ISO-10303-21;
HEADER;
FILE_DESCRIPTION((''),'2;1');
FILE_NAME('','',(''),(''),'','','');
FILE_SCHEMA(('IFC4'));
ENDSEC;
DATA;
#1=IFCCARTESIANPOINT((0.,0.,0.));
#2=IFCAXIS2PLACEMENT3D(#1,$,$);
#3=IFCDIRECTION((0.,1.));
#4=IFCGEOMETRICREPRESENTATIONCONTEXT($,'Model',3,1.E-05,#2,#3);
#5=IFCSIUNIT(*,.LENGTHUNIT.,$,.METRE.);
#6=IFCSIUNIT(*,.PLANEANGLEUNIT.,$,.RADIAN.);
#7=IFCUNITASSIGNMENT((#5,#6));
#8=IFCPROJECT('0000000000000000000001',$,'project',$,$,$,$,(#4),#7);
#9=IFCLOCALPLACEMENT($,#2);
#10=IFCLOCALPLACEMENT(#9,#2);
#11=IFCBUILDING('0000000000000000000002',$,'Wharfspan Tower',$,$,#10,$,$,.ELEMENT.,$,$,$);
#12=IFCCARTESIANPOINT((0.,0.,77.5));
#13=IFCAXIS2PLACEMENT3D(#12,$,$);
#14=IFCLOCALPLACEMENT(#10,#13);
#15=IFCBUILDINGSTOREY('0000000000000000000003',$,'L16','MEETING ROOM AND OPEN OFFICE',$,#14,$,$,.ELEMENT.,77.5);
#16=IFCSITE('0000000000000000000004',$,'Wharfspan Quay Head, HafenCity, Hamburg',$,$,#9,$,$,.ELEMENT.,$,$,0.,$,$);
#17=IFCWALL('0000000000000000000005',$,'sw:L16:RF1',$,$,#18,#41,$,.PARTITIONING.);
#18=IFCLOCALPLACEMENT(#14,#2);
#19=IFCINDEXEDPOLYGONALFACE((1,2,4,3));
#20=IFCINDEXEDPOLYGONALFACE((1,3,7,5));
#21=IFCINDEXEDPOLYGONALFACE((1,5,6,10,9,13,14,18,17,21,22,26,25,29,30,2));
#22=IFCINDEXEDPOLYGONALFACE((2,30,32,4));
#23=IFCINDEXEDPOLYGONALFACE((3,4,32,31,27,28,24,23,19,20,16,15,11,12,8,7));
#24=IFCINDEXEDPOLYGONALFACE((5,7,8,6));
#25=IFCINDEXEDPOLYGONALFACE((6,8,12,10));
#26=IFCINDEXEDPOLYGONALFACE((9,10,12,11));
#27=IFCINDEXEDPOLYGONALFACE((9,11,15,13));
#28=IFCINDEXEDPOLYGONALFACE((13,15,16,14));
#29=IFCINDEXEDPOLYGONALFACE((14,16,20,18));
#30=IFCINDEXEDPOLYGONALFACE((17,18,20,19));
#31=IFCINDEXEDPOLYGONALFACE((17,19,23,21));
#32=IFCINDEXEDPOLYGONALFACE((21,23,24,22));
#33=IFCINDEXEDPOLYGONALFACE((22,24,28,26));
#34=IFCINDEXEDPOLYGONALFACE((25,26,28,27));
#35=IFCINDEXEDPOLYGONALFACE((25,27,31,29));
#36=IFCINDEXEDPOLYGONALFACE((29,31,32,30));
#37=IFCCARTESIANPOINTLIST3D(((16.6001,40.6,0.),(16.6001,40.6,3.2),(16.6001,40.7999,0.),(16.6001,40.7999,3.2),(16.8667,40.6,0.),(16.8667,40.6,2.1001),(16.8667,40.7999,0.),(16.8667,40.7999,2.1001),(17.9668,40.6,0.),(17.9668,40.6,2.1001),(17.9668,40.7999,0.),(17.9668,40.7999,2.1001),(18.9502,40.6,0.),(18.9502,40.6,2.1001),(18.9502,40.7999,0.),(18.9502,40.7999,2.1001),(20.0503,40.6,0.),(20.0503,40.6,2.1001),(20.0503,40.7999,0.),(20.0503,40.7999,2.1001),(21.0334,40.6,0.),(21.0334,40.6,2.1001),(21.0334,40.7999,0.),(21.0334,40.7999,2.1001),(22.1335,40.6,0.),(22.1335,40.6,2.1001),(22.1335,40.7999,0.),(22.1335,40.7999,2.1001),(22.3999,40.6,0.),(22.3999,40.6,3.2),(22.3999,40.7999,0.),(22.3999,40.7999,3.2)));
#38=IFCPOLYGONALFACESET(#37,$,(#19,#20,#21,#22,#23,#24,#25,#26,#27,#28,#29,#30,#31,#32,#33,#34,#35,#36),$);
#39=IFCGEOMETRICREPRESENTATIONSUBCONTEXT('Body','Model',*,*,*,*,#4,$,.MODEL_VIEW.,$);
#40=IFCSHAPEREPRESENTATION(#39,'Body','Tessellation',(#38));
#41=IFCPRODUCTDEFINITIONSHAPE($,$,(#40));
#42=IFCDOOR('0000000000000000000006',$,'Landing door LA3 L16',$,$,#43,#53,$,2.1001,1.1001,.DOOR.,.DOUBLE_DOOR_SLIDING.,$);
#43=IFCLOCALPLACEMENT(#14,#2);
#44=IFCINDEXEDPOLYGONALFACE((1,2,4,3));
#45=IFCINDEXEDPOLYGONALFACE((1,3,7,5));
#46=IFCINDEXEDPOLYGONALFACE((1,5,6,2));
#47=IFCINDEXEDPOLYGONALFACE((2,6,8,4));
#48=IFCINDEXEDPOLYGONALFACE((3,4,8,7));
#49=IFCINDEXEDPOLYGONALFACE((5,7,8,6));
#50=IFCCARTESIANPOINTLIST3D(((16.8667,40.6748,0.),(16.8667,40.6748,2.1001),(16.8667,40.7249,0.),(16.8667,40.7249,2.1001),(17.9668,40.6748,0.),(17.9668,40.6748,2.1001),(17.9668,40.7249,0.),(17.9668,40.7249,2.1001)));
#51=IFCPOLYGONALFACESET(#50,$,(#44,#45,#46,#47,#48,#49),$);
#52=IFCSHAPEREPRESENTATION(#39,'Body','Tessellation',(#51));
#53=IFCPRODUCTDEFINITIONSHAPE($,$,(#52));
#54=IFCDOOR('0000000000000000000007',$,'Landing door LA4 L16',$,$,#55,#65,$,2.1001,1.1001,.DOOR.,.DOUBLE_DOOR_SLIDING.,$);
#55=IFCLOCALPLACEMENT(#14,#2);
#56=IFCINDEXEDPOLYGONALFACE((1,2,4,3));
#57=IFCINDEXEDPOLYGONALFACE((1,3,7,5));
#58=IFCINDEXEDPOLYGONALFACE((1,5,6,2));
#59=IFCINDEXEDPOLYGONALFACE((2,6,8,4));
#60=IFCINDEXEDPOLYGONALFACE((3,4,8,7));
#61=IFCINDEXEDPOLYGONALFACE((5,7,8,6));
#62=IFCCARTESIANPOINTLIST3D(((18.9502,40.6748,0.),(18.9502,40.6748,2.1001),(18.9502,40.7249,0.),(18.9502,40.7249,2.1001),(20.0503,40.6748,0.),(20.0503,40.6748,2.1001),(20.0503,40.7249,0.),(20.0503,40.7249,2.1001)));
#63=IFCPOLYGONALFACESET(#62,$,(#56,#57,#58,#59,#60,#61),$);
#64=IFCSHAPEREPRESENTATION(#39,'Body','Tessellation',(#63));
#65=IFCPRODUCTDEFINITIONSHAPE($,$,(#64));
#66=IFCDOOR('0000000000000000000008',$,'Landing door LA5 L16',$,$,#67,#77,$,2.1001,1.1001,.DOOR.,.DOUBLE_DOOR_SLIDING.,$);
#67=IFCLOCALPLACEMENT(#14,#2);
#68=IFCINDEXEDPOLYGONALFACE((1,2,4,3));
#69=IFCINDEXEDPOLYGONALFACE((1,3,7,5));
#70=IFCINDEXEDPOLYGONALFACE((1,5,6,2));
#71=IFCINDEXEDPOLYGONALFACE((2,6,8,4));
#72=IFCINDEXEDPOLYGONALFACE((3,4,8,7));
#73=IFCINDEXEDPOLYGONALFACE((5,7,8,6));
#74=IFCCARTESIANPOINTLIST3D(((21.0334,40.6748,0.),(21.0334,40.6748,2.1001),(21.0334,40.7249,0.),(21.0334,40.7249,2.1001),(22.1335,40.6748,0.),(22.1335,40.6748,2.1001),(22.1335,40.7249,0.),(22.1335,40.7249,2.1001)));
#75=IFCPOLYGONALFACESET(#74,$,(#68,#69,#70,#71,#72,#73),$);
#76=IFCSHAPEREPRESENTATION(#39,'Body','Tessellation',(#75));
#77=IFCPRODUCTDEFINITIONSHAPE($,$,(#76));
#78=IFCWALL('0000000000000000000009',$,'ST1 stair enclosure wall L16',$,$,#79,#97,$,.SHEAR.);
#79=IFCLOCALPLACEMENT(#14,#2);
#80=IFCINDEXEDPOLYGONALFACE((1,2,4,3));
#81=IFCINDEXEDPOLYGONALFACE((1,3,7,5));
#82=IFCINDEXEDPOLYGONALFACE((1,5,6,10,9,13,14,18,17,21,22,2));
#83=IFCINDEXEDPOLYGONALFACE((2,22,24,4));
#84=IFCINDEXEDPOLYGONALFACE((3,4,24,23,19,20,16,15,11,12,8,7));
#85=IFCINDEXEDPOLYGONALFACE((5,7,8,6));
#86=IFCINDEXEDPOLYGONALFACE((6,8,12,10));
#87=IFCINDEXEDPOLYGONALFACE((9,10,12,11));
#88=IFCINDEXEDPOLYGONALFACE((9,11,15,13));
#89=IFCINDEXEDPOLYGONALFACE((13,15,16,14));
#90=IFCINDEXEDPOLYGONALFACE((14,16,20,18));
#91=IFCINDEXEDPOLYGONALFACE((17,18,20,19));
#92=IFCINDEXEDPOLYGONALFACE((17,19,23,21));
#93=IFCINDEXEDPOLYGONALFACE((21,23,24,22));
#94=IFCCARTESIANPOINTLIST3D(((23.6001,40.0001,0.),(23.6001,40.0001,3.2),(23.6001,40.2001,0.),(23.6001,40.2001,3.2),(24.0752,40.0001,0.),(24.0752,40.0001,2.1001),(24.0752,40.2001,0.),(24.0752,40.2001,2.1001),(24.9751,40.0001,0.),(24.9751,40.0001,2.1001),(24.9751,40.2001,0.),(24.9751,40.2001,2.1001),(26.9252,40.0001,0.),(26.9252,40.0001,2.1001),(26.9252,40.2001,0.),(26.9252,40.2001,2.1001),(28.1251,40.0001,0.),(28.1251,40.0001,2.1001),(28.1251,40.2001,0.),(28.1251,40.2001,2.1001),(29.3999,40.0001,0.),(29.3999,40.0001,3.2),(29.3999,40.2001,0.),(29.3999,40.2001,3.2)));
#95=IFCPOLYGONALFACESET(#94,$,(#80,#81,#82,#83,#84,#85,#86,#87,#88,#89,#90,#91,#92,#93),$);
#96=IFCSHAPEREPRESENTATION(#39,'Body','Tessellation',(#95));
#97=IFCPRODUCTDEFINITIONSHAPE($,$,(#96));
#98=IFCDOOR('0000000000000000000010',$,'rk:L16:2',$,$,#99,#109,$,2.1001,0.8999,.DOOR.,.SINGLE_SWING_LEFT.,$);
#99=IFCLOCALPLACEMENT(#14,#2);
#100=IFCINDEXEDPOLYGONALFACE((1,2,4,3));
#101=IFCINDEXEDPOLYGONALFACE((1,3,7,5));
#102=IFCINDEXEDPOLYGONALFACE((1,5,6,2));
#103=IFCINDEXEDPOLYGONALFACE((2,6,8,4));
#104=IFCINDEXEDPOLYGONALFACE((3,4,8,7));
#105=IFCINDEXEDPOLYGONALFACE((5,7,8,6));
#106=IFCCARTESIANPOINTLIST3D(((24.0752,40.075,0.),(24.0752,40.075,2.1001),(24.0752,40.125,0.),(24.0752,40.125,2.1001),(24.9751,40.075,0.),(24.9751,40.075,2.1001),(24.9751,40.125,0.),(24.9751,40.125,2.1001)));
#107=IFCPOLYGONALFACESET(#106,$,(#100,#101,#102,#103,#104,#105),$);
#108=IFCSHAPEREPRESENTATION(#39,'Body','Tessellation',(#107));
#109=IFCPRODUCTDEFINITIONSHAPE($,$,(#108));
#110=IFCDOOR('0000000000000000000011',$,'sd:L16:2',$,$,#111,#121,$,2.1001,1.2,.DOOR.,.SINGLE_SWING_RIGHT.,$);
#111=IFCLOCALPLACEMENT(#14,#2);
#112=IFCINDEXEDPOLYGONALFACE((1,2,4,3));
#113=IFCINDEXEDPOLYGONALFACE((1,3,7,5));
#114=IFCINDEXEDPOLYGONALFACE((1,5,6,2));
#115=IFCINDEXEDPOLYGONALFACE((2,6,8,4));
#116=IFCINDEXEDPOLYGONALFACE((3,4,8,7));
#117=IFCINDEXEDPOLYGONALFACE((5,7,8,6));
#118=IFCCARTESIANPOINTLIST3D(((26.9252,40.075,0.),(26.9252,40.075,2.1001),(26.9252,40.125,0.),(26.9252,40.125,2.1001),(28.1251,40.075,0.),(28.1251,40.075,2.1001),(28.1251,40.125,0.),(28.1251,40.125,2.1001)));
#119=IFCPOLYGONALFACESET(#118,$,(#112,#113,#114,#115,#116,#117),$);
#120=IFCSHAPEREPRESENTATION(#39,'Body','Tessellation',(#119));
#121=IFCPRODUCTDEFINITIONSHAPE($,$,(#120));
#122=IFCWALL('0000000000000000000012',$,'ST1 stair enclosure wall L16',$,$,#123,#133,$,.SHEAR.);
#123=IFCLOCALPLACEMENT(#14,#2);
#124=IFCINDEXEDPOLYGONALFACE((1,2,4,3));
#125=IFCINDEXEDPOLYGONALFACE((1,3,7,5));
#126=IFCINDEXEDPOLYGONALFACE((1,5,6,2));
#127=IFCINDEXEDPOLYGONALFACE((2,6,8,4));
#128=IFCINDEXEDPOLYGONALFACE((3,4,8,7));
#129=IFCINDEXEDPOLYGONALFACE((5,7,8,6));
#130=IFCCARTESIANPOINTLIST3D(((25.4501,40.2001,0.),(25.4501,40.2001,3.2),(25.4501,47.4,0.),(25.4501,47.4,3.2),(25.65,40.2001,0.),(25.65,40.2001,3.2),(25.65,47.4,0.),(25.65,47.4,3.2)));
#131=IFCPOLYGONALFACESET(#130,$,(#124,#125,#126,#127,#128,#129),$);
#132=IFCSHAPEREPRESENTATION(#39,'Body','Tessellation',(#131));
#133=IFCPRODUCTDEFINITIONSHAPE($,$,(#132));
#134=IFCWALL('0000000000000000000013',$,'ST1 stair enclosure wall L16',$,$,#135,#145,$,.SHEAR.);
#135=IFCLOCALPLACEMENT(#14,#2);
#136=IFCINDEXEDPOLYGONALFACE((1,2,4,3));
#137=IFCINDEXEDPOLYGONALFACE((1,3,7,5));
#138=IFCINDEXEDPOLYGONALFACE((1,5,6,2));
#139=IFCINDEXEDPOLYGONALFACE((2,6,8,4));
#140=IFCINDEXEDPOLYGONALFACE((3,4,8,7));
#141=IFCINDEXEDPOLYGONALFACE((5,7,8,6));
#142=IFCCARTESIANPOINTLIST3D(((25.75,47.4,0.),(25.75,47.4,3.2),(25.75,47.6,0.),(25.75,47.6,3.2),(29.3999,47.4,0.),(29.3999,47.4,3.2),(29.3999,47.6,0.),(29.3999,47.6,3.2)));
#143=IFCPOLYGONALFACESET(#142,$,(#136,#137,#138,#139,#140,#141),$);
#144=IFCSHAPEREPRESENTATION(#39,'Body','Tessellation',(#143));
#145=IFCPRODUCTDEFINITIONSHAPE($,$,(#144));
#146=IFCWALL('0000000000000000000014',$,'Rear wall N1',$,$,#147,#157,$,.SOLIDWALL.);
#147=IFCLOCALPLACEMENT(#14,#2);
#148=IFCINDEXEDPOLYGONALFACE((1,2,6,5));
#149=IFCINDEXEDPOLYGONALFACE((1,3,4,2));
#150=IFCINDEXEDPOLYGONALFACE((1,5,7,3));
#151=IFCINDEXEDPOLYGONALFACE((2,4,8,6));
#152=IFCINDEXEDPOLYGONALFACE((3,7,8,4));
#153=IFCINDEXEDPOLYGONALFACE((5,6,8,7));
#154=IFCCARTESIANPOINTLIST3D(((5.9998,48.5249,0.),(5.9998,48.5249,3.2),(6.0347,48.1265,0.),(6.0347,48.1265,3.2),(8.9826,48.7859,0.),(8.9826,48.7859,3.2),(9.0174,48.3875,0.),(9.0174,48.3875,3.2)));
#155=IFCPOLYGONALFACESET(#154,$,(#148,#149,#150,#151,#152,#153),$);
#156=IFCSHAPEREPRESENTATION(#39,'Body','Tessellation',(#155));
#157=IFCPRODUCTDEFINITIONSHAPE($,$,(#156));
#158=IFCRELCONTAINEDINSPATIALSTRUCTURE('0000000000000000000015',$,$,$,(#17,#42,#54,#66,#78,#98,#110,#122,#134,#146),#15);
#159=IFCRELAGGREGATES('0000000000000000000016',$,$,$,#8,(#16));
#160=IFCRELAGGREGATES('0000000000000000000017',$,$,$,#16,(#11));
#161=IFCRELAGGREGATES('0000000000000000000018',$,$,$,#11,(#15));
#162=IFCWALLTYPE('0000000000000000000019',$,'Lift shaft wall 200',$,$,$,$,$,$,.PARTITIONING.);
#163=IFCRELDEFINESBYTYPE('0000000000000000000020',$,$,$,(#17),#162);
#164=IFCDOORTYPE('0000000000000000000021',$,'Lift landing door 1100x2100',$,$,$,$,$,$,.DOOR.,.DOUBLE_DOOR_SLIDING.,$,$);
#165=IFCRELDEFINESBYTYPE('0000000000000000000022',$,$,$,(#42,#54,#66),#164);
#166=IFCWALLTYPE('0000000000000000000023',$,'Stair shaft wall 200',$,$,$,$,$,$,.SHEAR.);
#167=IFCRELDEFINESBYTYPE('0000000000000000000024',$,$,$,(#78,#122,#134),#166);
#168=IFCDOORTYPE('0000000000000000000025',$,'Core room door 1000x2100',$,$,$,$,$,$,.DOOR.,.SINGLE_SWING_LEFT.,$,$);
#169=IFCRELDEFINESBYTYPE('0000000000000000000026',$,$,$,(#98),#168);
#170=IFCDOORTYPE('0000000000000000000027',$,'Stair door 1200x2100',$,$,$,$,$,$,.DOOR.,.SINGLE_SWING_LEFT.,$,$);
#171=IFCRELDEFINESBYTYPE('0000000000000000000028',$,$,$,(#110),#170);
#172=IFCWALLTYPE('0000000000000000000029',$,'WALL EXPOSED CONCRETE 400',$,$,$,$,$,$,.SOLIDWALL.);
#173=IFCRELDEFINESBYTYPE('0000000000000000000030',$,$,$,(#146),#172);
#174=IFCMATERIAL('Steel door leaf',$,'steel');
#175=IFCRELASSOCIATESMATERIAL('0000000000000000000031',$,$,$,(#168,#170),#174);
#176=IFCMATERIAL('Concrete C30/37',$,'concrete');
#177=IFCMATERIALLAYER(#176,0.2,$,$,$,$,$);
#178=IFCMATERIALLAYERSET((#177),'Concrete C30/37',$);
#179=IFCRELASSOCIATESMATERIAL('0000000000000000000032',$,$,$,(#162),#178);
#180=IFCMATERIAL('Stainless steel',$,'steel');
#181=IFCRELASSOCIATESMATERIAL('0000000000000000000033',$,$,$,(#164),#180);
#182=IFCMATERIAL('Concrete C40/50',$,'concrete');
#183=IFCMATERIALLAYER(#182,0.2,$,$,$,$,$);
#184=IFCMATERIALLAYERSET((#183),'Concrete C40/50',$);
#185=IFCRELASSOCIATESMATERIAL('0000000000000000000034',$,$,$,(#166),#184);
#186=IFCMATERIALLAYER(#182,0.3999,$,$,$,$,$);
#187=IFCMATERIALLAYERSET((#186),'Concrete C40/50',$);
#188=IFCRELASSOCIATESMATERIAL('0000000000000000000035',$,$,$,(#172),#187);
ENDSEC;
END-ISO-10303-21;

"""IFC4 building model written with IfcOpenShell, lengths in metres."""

from ifc_helpers import new_model, si_unit, direction, frame, frame_2d, origin, place, context, subcontext, project, spatial, rectangle, extrude, material, layer, layer_set, type_object, element, fill, save


model = new_model("IFC4")

# Units and contexts
model_context = context("Model", 3, precision=1e-05, world=origin(), true_north=direction((0.0, 1.0)))
body_context = subcontext(model_context, "Body", "Model", "MODEL_VIEW")
ifc_project = project(units=[si_unit("LENGTHUNIT", "METRE"), si_unit("PLANEANGLEUNIT", "RADIAN")], contexts=[model_context])

# Site, building, storey
site_placement = place(None, origin())
site = spatial("IfcSite", under=ifc_project, at=site_placement, Name="Wharfspan Quay Head, HafenCity, Hamburg", CompositionType="ELEMENT", RefElevation=0.0)
building_placement = place(site_placement, origin())
building = spatial("IfcBuilding", under=site, at=building_placement, Name="Wharfspan Tower", CompositionType="ELEMENT")
storey_placement = place(building_placement, frame((0.0, 0.0, 77.5)))
storey = spatial("IfcBuildingStorey", under=building, at=storey_placement, Name="L16", Description="MEETING ROOM AND OPEN OFFICE", CompositionType="ELEMENT", Elevation=77.5)

# Shared definitions
ifc_material_1 = material(Name="Steel door leaf", Category="steel")
door_type_1 = type_object("IfcDoorType", Name="Core room door 1000x2100", OperationType="SINGLE_SWING_LEFT", PredefinedType="DOOR", material=ifc_material_1)

# Walls, openings, doors
ifc_material_2 = material(Name="Concrete C30/37", Category="concrete")
ifc_layer_1 = layer(ifc_material_2, 0.2)
ifc_layer_set_1 = layer_set([ifc_layer_1], Name="Concrete C30/37")
wall_type_1 = type_object("IfcWallType", Name="Lift shaft wall 200", PredefinedType="PARTITIONING", material=ifc_layer_set_1)
wall_1_placement = place(storey_placement, frame((16.6001, 40.7, 0.0), z_axis=(0.0, 0.0, 1.0), x_axis=(1.0, 0.0, 0.0)))
wall_1 = element("IfcWall", 1, at=wall_1_placement, inside=storey, type_object=wall_type_1, Name="sw:L16:RF1", PredefinedType="PARTITIONING", context=body_context, shape_type="SweptSolid", body=[
    extrude(rectangle(XDim=5.7998, YDim=0.2, at=frame_2d((2.8999, 0.0))), origin(), (0.0, 0.0, 1.0), 3.2),
])
opening_1_placement = place(wall_1_placement, frame((0.2666, 0.0, 0.0)))
opening_1 = element("IfcOpeningElement", 2, at=opening_1_placement, cuts=wall_1, PredefinedType="OPENING", context=body_context, shape_type="SweptSolid", body=[
    extrude(rectangle(XDim=1.1001, YDim=2.1001, at=frame_2d((0.55, 1.05))), frame((0.0, 0.1099, 0.0), z_axis=(0.0, -1.0, 0.0), x_axis=(1.0, 0.0, 0.0)), (0.0, 0.0, 1.0), 0.22),
])
opening_2_placement = place(wall_1_placement, frame((2.3501, 0.0, 0.0)))
opening_2 = element("IfcOpeningElement", 3, at=opening_2_placement, cuts=wall_1, PredefinedType="OPENING", context=body_context, shape_type="SweptSolid", body=[
    extrude(rectangle(XDim=1.1001, YDim=2.1001, at=frame_2d((0.55, 1.05))), frame((0.0, 0.1099, 0.0), z_axis=(0.0, -1.0, 0.0), x_axis=(1.0, 0.0, 0.0)), (0.0, 0.0, 1.0), 0.22),
])
opening_3_placement = place(wall_1_placement, frame((4.4333, 0.0, 0.0)))
opening_3 = element("IfcOpeningElement", 4, at=opening_3_placement, cuts=wall_1, PredefinedType="OPENING", context=body_context, shape_type="SweptSolid", body=[
    extrude(rectangle(XDim=1.1001, YDim=2.1001, at=frame_2d((0.55, 1.05))), frame((0.0, 0.1099, 0.0), z_axis=(0.0, -1.0, 0.0), x_axis=(1.0, 0.0, 0.0)), (0.0, 0.0, 1.0), 0.22),
])
ifc_material_3 = material(Name="Stainless steel", Category="steel")
door_type_2 = type_object("IfcDoorType", Name="Lift landing door 1100x2100", OperationType="DOUBLE_DOOR_SLIDING", PredefinedType="DOOR", material=ifc_material_3)
door_1_placement = place(opening_1_placement, origin())
door_1 = element("IfcDoor", 5, at=door_1_placement, inside=storey, type_object=door_type_2, Name="Landing door LA3 L16", OperationType="DOUBLE_DOOR_SLIDING", OverallHeight=2.1001, OverallWidth=1.1001, PredefinedType="DOOR", context=body_context, shape_type="SweptSolid", body=[
    extrude(rectangle(XDim=1.1001, YDim=2.1001, at=frame_2d((0.55, 1.05))), frame((0.0, 0.0249, 0.0), z_axis=(0.0, -1.0, 0.0), x_axis=(1.0, 0.0, 0.0)), (0.0, 0.0, 1.0), 0.05),
])
fill(opening_1, door_1)
door_2_placement = place(opening_2_placement, origin())
door_2 = element("IfcDoor", 6, at=door_2_placement, inside=storey, type_object=door_type_2, Name="Landing door LA4 L16", OperationType="DOUBLE_DOOR_SLIDING", OverallHeight=2.1001, OverallWidth=1.1001, PredefinedType="DOOR", context=body_context, shape_type="SweptSolid", body=[
    extrude(rectangle(XDim=1.1001, YDim=2.1001, at=frame_2d((0.55, 1.05))), frame((0.0, 0.0249, 0.0), z_axis=(0.0, -1.0, 0.0), x_axis=(1.0, 0.0, 0.0)), (0.0, 0.0, 1.0), 0.05),
])
fill(opening_2, door_2)
door_3_placement = place(opening_3_placement, origin())
door_3 = element("IfcDoor", 7, at=door_3_placement, inside=storey, type_object=door_type_2, Name="Landing door LA5 L16", OperationType="DOUBLE_DOOR_SLIDING", OverallHeight=2.1001, OverallWidth=1.1001, PredefinedType="DOOR", context=body_context, shape_type="SweptSolid", body=[
    extrude(rectangle(XDim=1.1001, YDim=2.1001, at=frame_2d((0.55, 1.05))), frame((0.0, 0.0249, 0.0), z_axis=(0.0, -1.0, 0.0), x_axis=(1.0, 0.0, 0.0)), (0.0, 0.0, 1.0), 0.05),
])
fill(opening_3, door_3)
ifc_material_4 = material(Name="Concrete C40/50", Category="concrete")
ifc_layer_2 = layer(ifc_material_4, 0.2)
ifc_layer_set_2 = layer_set([ifc_layer_2], Name="Concrete C40/50")
wall_type_2 = type_object("IfcWallType", Name="Stair shaft wall 200", PredefinedType="SHEAR", material=ifc_layer_set_2)
wall_2_placement = place(storey_placement, frame((23.6001, 40.1001, 0.0), z_axis=(0.0, 0.0, 1.0), x_axis=(1.0, 0.0, 0.0)))
wall_2 = element("IfcWall", 8, at=wall_2_placement, inside=storey, type_object=wall_type_2, Name="ST1 stair enclosure wall L16", PredefinedType="SHEAR", context=body_context, shape_type="SweptSolid", body=[
    extrude(rectangle(XDim=5.7998, YDim=0.2, at=frame_2d((2.8999, 0.0))), origin(), (0.0, 0.0, 1.0), 3.2),
])
opening_4_placement = place(wall_2_placement, frame((3.325, 0.0, 0.0)))
opening_4 = element("IfcOpeningElement", 9, at=opening_4_placement, cuts=wall_2, PredefinedType="OPENING", context=body_context, shape_type="SweptSolid", body=[
    extrude(rectangle(XDim=1.2, YDim=2.1001, at=frame_2d((0.6001, 1.05))), frame((0.0, 0.1099, 0.0), z_axis=(0.0, -1.0, 0.0), x_axis=(1.0, 0.0, 0.0)), (0.0, 0.0, 1.0), 0.22),
])
opening_5_placement = place(wall_2_placement, frame((0.4751, 0.0, 0.0)))
opening_5 = element("IfcOpeningElement", 10, at=opening_5_placement, cuts=wall_2, PredefinedType="OPENING", context=body_context, shape_type="SweptSolid", body=[
    extrude(rectangle(XDim=0.8999, YDim=2.1001, at=frame_2d((0.45, 1.05))), frame((0.0, 0.1099, 0.0), z_axis=(0.0, -1.0, 0.0), x_axis=(1.0, 0.0, 0.0)), (0.0, 0.0, 1.0), 0.22),
])
door_4_placement = place(opening_5_placement, origin())
door_4 = element("IfcDoor", 11, at=door_4_placement, inside=storey, type_object=door_type_1, Name="rk:L16:2", OperationType="SINGLE_SWING_LEFT", OverallHeight=2.1001, OverallWidth=0.8999, PredefinedType="DOOR", context=body_context, shape_type="SweptSolid", body=[
    extrude(rectangle(XDim=0.8999, YDim=2.1001, at=frame_2d((0.45, 1.05))), frame((0.0, 0.0249, 0.0), z_axis=(0.0, -1.0, 0.0), x_axis=(1.0, 0.0, 0.0)), (0.0, 0.0, 1.0), 0.05),
])
fill(opening_5, door_4)
door_type_3 = type_object("IfcDoorType", Name="Stair door 1200x2100", OperationType="SINGLE_SWING_LEFT", PredefinedType="DOOR", material=ifc_material_1)
door_5_placement = place(opening_4_placement, origin())
door_5 = element("IfcDoor", 12, at=door_5_placement, inside=storey, type_object=door_type_3, Name="sd:L16:2", OperationType="SINGLE_SWING_RIGHT", OverallHeight=2.1001, OverallWidth=1.2, PredefinedType="DOOR", context=body_context, shape_type="SweptSolid", body=[
    extrude(rectangle(XDim=1.2, YDim=2.1001, at=frame_2d((0.6001, 1.05))), frame((0.0, 0.0249, 0.0), z_axis=(0.0, -1.0, 0.0), x_axis=(1.0, 0.0, 0.0)), (0.0, 0.0, 1.0), 0.05),
])
fill(opening_4, door_5)

# Walls
wall_3_placement = place(storey_placement, frame((25.55, 40.2, 0.0), z_axis=(0.0, 0.0, 1.0), x_axis=(0.0, 1.0, 0.0)))
element("IfcWall", 13, at=wall_3_placement, inside=storey, type_object=wall_type_2, Name="ST1 stair enclosure wall L16", PredefinedType="SHEAR", context=body_context, shape_type="SweptSolid", body=[
    extrude(rectangle(XDim=7.2, YDim=0.2, at=frame_2d((3.6001, 0.0))), origin(), (0.0, 0.0, 1.0), 3.2),
])
wall_4_placement = place(storey_placement, frame((25.75, 47.5, 0.0), z_axis=(0.0, 0.0, 1.0), x_axis=(1.0, 0.0, 0.0)))
element("IfcWall", 14, at=wall_4_placement, inside=storey, type_object=wall_type_2, Name="ST1 stair enclosure wall L16", PredefinedType="SHEAR", context=body_context, shape_type="SweptSolid", body=[
    extrude(rectangle(XDim=3.6499, YDim=0.2, at=frame_2d((1.825, 0.0))), origin(), (0.0, 0.0, 1.0), 3.2),
])
ifc_layer_3 = layer(ifc_material_4, 0.3999)
ifc_layer_set_3 = layer_set([ifc_layer_3], Name="Concrete C40/50")
wall_type_3 = type_object("IfcWallType", Name="WALL EXPOSED CONCRETE 400", PredefinedType="SOLIDWALL", material=ifc_layer_set_3)
wall_5_placement = place(storey_placement, frame((9.0, 48.5867, 0.0), z_axis=(0.0, 0.0, 1.0), x_axis=(-0.996194, -0.087168, 0.0)))
element("IfcWall", 15, at=wall_5_placement, inside=storey, type_object=wall_type_3, Name="Rear wall N1", PredefinedType="SOLIDWALL", context=body_context, shape_type="SweptSolid", body=[
    extrude(rectangle(XDim=2.9941, YDim=0.3999, at=frame_2d((1.4971, 0.0))), origin(), (0.0, 0.0, 1.0), 3.2),
])

save(model, "model.ifc")
